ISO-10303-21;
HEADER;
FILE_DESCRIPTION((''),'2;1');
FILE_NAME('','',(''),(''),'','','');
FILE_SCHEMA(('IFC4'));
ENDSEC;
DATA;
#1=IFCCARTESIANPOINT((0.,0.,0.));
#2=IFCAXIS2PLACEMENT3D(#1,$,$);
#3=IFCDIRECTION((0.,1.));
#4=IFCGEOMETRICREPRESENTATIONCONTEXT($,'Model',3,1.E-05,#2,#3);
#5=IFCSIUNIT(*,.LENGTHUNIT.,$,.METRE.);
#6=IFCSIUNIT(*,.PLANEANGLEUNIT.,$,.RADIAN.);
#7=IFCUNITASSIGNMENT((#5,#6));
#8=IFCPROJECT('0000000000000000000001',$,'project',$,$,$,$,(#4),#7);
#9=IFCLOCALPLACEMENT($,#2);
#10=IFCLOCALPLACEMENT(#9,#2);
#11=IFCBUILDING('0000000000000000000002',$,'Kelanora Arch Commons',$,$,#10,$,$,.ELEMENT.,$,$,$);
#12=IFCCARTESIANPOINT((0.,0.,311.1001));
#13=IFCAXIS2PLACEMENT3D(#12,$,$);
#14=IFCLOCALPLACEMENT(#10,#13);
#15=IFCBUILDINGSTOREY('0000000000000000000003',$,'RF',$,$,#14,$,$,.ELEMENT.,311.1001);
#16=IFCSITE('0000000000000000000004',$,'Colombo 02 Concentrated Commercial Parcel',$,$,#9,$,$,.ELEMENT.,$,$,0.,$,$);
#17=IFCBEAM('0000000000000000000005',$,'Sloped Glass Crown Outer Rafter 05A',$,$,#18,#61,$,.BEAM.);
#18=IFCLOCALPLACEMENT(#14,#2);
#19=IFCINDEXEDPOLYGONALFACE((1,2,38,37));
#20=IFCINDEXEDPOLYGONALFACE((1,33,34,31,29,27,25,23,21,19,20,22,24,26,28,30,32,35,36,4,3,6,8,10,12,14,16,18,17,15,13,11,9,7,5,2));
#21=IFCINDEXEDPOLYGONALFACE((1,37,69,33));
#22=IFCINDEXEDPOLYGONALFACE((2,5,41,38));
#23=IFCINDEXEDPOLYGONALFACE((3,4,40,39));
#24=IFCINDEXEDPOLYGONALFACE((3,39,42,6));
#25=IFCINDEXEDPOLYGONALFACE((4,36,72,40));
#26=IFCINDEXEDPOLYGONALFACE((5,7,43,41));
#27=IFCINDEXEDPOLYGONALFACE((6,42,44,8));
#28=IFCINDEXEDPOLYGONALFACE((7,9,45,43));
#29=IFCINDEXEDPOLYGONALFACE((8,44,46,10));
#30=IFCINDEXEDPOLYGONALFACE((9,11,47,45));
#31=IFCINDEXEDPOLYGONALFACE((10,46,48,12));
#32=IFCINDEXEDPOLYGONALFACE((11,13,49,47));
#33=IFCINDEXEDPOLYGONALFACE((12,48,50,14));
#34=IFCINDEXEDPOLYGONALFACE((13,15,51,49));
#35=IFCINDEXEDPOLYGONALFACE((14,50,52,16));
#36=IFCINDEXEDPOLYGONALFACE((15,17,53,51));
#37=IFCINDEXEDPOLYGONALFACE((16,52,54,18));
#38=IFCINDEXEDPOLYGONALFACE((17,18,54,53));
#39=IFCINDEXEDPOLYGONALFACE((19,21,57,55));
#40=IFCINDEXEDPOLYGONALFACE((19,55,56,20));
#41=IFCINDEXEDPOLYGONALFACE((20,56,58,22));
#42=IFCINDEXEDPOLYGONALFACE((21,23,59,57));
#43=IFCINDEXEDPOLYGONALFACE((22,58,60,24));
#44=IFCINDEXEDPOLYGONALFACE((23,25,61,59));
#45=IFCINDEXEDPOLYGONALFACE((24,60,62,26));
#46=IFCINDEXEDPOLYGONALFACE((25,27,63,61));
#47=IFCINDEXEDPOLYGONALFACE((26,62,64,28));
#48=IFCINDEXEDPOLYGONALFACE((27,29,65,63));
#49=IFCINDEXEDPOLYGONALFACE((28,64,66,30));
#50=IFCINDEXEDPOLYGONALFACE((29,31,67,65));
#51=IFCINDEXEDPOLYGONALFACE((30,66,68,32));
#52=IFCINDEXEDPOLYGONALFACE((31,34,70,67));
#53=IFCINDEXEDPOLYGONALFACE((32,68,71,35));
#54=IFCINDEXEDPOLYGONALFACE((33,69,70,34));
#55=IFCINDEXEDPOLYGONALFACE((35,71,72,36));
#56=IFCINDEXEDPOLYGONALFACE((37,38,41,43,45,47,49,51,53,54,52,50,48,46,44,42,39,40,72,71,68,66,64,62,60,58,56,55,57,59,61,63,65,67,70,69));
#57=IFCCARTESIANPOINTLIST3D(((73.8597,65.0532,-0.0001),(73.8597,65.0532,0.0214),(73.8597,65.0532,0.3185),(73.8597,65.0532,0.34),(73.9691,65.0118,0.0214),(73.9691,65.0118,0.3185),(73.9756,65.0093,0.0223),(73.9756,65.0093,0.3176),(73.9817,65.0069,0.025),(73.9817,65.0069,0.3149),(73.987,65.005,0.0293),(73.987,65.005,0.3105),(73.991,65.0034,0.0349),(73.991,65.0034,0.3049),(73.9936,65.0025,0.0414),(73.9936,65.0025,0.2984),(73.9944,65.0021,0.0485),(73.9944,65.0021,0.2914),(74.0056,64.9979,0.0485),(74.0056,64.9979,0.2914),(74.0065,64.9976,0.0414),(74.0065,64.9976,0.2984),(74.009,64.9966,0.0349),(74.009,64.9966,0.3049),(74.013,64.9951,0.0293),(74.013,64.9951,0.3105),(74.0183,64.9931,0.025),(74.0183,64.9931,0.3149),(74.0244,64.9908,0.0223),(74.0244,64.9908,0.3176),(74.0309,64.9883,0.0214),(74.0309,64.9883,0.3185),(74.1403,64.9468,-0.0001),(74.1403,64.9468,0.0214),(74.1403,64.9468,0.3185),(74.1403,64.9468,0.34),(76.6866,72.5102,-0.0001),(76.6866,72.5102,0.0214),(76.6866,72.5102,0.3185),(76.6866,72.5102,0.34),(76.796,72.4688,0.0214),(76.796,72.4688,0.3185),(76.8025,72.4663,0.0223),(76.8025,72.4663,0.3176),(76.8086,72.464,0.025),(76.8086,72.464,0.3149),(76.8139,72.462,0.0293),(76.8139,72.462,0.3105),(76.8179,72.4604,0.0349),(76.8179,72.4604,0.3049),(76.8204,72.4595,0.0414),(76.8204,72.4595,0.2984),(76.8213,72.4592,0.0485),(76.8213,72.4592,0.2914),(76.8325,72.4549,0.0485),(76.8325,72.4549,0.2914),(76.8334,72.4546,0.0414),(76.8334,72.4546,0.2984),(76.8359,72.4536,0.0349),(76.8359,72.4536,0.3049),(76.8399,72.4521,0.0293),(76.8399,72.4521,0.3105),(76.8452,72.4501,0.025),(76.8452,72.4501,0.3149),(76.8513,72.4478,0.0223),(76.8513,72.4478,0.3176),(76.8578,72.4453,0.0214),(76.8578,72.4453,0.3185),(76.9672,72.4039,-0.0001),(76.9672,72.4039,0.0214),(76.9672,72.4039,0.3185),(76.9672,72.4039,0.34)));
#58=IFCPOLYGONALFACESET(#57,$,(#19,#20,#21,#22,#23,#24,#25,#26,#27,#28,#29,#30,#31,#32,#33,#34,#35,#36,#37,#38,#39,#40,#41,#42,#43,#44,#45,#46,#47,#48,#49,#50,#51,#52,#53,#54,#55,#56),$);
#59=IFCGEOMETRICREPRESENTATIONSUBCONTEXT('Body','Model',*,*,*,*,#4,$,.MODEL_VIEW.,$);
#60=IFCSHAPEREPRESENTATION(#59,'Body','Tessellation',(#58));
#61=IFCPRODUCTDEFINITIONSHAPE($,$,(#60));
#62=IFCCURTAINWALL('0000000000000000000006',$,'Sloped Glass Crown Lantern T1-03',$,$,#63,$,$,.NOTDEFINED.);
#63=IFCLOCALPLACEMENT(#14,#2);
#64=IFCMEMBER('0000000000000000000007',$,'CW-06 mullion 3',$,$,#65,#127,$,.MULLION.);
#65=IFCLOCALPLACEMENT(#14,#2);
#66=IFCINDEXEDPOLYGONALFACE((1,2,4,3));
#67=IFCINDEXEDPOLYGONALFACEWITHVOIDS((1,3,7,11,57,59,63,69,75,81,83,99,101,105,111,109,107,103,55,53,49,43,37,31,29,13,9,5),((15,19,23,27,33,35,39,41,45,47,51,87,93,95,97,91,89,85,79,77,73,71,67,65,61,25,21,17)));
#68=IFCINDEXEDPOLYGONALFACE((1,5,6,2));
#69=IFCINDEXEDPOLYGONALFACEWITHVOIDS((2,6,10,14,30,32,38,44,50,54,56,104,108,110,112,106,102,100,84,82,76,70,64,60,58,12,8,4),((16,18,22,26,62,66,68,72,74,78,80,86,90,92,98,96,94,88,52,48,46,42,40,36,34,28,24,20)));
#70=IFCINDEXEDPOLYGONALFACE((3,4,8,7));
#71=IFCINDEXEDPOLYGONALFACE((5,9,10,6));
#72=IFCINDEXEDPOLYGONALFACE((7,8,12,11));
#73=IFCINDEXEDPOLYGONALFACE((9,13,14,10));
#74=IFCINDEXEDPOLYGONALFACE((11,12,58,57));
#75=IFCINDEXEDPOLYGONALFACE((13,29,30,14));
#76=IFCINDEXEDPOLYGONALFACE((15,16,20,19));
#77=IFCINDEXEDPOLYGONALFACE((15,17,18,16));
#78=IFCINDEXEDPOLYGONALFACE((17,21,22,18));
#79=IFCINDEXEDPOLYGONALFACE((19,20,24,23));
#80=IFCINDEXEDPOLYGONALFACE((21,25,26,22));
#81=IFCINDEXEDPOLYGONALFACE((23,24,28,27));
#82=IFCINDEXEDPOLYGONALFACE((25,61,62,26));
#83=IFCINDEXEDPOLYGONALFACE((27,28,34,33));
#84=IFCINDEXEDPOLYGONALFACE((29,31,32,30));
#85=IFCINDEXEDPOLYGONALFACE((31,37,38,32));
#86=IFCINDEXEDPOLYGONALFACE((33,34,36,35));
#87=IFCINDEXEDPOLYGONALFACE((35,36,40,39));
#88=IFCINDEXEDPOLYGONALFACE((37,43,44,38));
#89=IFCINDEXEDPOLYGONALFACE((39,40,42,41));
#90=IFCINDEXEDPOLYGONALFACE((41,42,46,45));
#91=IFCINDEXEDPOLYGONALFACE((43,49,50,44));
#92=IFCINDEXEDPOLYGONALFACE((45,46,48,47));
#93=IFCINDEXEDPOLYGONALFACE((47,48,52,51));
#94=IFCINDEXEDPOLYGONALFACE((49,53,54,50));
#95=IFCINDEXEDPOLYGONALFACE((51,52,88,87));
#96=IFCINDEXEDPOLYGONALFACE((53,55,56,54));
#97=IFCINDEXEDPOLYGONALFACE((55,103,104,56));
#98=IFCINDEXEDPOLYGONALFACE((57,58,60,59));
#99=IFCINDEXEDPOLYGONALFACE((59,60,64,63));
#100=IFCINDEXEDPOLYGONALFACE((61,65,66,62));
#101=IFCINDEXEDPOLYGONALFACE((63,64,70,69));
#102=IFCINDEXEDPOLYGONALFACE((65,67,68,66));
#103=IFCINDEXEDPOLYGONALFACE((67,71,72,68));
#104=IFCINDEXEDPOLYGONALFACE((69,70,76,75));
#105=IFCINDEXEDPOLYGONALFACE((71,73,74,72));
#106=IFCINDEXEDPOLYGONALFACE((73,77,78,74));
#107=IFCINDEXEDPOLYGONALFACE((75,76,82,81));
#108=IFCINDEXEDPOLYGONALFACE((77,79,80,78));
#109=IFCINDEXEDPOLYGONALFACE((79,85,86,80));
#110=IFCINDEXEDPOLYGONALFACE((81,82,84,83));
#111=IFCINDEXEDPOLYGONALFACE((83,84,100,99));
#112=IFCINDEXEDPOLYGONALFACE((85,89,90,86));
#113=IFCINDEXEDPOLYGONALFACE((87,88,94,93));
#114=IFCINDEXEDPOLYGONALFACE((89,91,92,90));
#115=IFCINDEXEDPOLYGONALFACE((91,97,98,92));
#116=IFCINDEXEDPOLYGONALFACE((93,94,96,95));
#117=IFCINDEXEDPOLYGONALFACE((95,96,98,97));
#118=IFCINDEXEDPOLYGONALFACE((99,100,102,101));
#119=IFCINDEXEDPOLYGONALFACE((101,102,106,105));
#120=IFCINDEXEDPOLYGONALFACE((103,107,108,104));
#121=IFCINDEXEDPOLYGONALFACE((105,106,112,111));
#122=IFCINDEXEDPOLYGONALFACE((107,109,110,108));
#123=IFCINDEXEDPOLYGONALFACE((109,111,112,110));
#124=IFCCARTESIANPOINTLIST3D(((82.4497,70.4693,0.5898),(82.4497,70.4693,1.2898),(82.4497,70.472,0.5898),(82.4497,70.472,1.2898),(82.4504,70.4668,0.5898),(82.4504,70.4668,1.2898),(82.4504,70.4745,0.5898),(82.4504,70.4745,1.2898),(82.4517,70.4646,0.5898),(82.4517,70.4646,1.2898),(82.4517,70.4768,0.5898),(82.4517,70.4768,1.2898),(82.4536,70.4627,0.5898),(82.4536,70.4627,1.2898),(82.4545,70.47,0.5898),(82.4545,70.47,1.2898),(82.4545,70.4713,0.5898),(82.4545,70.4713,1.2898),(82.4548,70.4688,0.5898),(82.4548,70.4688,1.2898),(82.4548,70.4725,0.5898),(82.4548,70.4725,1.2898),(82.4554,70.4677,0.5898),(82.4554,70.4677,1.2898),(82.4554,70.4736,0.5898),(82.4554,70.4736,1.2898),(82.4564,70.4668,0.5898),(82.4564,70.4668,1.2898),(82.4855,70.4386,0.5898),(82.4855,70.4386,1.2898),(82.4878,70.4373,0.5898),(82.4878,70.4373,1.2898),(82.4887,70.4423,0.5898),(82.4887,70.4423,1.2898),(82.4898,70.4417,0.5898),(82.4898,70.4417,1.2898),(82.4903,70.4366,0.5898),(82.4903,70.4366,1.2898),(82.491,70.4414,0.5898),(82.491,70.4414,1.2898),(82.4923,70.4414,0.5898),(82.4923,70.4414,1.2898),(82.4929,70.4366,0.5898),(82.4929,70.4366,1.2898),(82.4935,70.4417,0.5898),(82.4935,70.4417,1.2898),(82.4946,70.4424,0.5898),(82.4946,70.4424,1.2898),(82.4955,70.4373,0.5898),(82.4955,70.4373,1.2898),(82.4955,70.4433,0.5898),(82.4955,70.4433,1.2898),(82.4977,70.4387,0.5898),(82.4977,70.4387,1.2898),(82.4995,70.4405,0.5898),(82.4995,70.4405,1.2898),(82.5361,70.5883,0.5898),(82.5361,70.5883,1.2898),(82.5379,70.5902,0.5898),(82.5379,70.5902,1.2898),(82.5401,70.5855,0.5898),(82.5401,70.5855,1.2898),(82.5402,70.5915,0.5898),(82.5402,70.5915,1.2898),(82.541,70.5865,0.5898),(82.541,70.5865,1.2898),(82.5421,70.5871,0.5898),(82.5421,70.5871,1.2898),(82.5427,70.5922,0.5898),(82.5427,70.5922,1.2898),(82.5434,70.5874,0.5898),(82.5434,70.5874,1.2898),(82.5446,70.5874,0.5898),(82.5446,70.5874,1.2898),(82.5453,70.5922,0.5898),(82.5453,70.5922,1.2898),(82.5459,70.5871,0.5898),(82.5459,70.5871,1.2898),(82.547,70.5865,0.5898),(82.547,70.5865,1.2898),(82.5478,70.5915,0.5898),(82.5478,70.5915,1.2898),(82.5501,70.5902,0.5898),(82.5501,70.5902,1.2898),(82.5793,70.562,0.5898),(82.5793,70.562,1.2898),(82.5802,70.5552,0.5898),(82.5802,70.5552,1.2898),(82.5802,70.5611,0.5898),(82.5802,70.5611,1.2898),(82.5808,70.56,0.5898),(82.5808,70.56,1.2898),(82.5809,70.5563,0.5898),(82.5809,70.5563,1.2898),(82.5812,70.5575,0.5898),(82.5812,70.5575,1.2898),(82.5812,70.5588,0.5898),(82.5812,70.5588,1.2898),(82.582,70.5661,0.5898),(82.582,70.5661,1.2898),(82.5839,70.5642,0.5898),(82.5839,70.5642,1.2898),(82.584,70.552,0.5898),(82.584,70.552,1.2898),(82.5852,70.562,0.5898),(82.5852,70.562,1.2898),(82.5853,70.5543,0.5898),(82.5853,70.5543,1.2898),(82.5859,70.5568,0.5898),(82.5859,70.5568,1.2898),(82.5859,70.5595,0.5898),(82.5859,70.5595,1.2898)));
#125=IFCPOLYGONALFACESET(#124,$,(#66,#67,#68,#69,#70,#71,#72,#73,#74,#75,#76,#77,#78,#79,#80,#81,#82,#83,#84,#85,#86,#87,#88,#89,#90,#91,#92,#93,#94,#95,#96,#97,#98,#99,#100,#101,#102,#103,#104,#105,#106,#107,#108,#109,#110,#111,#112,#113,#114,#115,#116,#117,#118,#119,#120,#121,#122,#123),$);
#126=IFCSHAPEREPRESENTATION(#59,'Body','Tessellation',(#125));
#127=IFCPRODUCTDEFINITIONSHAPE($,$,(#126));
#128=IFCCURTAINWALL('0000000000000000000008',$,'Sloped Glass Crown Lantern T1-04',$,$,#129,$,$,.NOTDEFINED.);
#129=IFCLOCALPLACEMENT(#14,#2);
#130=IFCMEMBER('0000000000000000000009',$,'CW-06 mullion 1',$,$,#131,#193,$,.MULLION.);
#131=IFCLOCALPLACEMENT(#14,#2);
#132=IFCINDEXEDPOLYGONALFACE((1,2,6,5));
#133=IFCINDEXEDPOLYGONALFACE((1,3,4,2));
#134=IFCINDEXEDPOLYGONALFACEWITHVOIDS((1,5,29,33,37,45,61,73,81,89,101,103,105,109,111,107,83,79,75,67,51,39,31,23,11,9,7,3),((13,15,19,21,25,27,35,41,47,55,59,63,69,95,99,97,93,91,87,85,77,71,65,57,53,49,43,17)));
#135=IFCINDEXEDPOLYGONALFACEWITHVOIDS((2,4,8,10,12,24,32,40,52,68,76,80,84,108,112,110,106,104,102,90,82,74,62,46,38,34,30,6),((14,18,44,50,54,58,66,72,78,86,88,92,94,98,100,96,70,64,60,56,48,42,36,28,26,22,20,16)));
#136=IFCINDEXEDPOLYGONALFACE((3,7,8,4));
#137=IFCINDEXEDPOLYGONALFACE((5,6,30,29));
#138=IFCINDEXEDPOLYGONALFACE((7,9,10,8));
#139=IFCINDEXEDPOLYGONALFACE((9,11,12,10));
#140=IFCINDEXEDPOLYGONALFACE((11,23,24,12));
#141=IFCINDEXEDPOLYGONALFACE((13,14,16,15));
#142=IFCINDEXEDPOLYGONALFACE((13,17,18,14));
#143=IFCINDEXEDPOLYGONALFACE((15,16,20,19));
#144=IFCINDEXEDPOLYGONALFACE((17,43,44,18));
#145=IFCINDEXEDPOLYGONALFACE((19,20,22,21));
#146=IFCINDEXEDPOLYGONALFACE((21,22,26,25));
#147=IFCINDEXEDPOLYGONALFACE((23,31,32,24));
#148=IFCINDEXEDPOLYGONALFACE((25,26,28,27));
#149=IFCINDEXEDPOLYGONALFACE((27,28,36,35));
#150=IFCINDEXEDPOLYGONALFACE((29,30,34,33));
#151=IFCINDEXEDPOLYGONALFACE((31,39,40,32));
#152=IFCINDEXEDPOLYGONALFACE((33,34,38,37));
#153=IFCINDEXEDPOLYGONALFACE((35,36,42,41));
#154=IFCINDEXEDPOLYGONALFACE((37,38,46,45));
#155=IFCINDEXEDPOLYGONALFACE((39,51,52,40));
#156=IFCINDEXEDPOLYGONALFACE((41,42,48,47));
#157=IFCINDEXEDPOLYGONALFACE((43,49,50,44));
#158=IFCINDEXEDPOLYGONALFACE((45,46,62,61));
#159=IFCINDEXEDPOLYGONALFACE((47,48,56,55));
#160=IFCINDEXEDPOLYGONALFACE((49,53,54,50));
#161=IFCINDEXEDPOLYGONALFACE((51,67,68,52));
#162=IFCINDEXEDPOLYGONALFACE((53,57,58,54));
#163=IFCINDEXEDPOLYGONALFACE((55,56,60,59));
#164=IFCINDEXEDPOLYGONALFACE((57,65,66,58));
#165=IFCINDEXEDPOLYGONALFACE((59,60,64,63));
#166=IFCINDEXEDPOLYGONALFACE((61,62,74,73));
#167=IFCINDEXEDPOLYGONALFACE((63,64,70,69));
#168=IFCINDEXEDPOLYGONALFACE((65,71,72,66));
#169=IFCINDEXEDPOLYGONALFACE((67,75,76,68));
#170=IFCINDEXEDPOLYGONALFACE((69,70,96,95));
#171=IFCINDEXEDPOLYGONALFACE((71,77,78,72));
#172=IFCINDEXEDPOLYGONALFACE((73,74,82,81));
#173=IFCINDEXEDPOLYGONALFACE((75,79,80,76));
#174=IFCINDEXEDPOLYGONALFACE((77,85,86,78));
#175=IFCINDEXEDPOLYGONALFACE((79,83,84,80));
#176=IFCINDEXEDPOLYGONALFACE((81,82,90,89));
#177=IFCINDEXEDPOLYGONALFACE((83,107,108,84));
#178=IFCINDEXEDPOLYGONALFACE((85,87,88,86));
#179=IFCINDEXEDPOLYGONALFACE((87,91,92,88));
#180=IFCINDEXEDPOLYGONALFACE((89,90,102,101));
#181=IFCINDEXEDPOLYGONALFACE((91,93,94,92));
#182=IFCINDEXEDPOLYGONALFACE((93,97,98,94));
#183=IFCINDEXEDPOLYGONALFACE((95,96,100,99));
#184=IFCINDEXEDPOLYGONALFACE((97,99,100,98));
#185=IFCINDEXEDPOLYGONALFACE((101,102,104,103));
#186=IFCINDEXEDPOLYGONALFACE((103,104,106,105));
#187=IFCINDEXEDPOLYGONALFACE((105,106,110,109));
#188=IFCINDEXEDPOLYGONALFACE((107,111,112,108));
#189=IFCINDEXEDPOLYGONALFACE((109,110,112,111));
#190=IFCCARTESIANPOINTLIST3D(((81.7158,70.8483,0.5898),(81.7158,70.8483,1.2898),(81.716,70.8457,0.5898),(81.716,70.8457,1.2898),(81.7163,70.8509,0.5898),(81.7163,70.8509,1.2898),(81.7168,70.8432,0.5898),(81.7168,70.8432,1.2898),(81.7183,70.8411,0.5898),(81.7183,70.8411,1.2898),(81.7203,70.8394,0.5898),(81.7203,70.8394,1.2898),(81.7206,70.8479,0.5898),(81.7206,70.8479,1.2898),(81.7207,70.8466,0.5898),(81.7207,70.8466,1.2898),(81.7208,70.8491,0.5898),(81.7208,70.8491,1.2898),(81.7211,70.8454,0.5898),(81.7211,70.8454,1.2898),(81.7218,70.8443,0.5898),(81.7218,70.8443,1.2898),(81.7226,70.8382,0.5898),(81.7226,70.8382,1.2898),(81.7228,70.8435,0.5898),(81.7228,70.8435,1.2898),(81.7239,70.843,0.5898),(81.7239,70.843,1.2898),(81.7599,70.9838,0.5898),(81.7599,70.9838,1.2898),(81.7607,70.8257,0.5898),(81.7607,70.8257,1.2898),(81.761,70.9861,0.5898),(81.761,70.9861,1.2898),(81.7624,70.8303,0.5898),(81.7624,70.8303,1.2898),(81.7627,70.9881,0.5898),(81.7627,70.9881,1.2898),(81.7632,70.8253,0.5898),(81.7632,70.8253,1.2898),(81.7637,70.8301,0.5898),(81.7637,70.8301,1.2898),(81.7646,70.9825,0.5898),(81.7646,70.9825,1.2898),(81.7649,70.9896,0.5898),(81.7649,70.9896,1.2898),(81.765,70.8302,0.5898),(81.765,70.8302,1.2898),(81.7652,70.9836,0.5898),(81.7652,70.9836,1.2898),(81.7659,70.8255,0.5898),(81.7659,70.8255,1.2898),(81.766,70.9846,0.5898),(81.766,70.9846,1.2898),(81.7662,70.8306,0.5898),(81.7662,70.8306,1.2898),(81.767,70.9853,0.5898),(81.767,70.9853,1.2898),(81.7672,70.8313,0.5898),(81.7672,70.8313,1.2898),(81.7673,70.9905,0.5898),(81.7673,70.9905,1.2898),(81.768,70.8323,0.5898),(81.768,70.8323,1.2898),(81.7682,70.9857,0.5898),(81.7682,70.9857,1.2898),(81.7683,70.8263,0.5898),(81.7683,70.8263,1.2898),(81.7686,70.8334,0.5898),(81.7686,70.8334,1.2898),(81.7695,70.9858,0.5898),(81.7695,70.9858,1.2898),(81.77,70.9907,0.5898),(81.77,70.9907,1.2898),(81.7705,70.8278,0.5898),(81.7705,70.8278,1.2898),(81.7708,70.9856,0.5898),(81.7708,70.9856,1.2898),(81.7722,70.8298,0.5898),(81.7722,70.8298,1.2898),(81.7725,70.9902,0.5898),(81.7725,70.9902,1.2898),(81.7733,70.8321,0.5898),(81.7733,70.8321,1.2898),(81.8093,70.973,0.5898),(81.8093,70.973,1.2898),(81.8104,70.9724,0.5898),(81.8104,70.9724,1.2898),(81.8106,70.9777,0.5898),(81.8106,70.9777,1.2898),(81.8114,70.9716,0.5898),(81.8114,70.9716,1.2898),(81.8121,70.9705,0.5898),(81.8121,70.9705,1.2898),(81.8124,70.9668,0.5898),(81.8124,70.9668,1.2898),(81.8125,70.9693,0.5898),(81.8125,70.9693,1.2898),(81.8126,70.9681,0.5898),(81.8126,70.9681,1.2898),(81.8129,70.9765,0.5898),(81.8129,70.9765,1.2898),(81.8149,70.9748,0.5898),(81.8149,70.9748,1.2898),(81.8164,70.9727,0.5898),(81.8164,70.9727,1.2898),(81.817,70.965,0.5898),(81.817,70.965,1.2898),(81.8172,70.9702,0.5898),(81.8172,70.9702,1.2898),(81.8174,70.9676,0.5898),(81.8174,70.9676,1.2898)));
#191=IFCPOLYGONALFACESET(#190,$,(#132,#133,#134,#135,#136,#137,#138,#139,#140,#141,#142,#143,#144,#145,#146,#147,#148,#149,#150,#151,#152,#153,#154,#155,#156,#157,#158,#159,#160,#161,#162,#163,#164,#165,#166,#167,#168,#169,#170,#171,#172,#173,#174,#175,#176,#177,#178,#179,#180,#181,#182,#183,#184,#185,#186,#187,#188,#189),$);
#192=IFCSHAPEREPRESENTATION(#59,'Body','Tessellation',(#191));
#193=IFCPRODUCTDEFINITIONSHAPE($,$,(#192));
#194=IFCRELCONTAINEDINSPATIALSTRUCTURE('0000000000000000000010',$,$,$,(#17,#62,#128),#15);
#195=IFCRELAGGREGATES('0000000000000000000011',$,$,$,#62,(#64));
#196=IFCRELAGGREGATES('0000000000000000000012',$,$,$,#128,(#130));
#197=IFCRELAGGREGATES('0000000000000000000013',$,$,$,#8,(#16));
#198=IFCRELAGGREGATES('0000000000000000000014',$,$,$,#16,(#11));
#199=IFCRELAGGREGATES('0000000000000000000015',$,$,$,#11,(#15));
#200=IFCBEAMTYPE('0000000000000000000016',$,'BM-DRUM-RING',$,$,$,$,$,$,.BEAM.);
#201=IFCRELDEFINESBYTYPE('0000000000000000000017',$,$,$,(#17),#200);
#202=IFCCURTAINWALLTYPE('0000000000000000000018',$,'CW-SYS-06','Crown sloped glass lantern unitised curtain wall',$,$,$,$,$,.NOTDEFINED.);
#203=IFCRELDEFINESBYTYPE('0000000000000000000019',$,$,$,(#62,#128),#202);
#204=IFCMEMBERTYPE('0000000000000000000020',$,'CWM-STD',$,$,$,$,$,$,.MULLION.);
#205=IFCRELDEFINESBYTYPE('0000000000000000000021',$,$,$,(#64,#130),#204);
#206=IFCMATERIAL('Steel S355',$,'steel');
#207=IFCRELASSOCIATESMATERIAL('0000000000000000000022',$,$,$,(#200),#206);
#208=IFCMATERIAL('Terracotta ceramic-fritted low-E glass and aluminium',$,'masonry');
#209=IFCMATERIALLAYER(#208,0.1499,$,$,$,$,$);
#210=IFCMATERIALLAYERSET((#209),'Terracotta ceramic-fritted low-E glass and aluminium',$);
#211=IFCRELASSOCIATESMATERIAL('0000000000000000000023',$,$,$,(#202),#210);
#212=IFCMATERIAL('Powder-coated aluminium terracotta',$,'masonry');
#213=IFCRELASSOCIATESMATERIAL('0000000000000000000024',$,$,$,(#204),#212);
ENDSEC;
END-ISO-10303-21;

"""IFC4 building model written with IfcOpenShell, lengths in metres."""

from ifc_helpers import new_model, si_unit, direction, frame, origin, origin_2d, place, context, subcontext, project, spatial, hollow_rectangle, i_section, extrude, material, layer, layer_set, material_profile, profile_set, type_object, element, aggregate, save


model = new_model("IFC4")

# Units and contexts
model_context = context("Model", 3, precision=1e-05, world=origin(), true_north=direction((0.0, 1.0)))
body_context = subcontext(model_context, "Body", "Model", "MODEL_VIEW")
ifc_project = project(units=[si_unit("LENGTHUNIT", "METRE"), si_unit("PLANEANGLEUNIT", "RADIAN")], contexts=[model_context])

# Site, building, storey
site_placement = place(None, origin())
site = spatial("IfcSite", under=ifc_project, at=site_placement, Name="Colombo 02 Concentrated Commercial Parcel", CompositionType="ELEMENT", RefElevation=0.0)
building_placement = place(site_placement, origin())
building = spatial("IfcBuilding", under=site, at=building_placement, Name="Kelanora Arch Commons", CompositionType="ELEMENT")
storey_placement = place(building_placement, frame((0.0, 0.0, 311.1001)))
storey = spatial("IfcBuildingStorey", under=building, at=storey_placement, Name="RF", CompositionType="ELEMENT", Elevation=311.1001)

# Beam
ifc_material_1 = material(Name="Steel S355", Category="steel")
ifc_material_profile_1 = material_profile(ifc_material_1, i_section(OverallWidth=0.3, OverallDepth=0.3401, WebThickness=0.012, FlangeThickness=0.0215, FilletRadius=0.0271, at=origin_2d()), Name="HEB340")
ifc_profile_set_1 = profile_set([ifc_material_profile_1], Name="Steel S355")
beam_type_1 = type_object("IfcBeamType", Name="BM-DRUM-RING", PredefinedType="BEAM", material=ifc_profile_set_1)
beam_1_placement = place(storey_placement, frame((76.8269, 72.457, 0.1699), z_axis=(-0.354476, -0.935065, 0.0), x_axis=(0.935065, -0.354476, 0.0)))
element("IfcBeam", 1, at=beam_1_placement, inside=storey, type_object=beam_type_1, Name="Sloped Glass Crown Outer Rafter 05A", PredefinedType="BEAM", context=body_context, shape_type="SweptSolid", body=[
    extrude(i_section(OverallWidth=0.3, OverallDepth=0.3401, WebThickness=0.012, FlangeThickness=0.0215, FilletRadius=0.0271, at=origin_2d()), origin(), (0.0, 0.0, 1.0), 7.9749),
])

# Curtain wall, member
ifc_material_2 = material(Name="Terracotta ceramic-fritted low-E glass and aluminium", Category="masonry")
ifc_layer_1 = layer(ifc_material_2, 0.1499)
ifc_layer_set_1 = layer_set([ifc_layer_1], Name="Terracotta ceramic-fritted low-E glass and aluminium")
curtain_wall_type = type_object("IfcCurtainWallType", Name="CW-SYS-06", Description="Crown sloped glass lantern unitised curtain wall", PredefinedType="NOTDEFINED", material=ifc_layer_set_1)
curtain_wall_1_placement = place(storey_placement, origin())
curtain_wall_1 = element("IfcCurtainWall", 2, at=curtain_wall_1_placement, inside=storey, type_object=curtain_wall_type, Name="Sloped Glass Crown Lantern T1-03", PredefinedType="NOTDEFINED")
ifc_material_3 = material(Name="Powder-coated aluminium terracotta", Category="masonry")
ifc_material_profile_2 = material_profile(ifc_material_3, hollow_rectangle(XDim=0.1599, YDim=0.0601, WallThickness=0.0049, InnerFilletRadius=0.0049, OuterFilletRadius=0.01, at=origin_2d()), Name="CWM160x60")
ifc_profile_set_2 = profile_set([ifc_material_profile_2], Name="Powder-coated aluminium terracotta")
member_type_1 = type_object("IfcMemberType", Name="CWM-STD", PredefinedType="MULLION", material=ifc_profile_set_2)
member_1_placement = place(storey_placement, frame((82.5178, 70.5144, 0.5898), z_axis=(0.0, 0.0, 1.0), x_axis=(-0.603568, -0.797311, 0.0)))
member_1 = element("IfcMember", 3, at=member_1_placement, type_object=member_type_1, Name="CW-06 mullion 3", PredefinedType="MULLION", context=body_context, shape_type="SweptSolid", body=[
    extrude(hollow_rectangle(XDim=0.1599, YDim=0.0601, WallThickness=0.0049, InnerFilletRadius=0.0049, OuterFilletRadius=0.01, at=origin_2d()), origin(), (0.0, 0.0, 1.0), 0.7),
])
aggregate(curtain_wall_1, [member_1])

# Curtain wall, member
curtain_wall_2_placement = place(storey_placement, origin())
curtain_wall_2 = element("IfcCurtainWall", 4, at=curtain_wall_2_placement, inside=storey, type_object=curtain_wall_type, Name="Sloped Glass Crown Lantern T1-04", PredefinedType="NOTDEFINED")
member_2_placement = place(storey_placement, frame((81.7666, 70.908, 0.5898), z_axis=(0.0, 0.0, 1.0), x_axis=(-0.311945, -0.9501, 0.0)))
member_2 = element("IfcMember", 5, at=member_2_placement, type_object=member_type_1, Name="CW-06 mullion 1", PredefinedType="MULLION", context=body_context, shape_type="SweptSolid", body=[
    extrude(hollow_rectangle(XDim=0.1599, YDim=0.0601, WallThickness=0.0049, InnerFilletRadius=0.0049, OuterFilletRadius=0.01, at=origin_2d()), origin(), (0.0, 0.0, 1.0), 0.7),
])

aggregate(curtain_wall_2, [member_2])

save(model, "model.ifc")
